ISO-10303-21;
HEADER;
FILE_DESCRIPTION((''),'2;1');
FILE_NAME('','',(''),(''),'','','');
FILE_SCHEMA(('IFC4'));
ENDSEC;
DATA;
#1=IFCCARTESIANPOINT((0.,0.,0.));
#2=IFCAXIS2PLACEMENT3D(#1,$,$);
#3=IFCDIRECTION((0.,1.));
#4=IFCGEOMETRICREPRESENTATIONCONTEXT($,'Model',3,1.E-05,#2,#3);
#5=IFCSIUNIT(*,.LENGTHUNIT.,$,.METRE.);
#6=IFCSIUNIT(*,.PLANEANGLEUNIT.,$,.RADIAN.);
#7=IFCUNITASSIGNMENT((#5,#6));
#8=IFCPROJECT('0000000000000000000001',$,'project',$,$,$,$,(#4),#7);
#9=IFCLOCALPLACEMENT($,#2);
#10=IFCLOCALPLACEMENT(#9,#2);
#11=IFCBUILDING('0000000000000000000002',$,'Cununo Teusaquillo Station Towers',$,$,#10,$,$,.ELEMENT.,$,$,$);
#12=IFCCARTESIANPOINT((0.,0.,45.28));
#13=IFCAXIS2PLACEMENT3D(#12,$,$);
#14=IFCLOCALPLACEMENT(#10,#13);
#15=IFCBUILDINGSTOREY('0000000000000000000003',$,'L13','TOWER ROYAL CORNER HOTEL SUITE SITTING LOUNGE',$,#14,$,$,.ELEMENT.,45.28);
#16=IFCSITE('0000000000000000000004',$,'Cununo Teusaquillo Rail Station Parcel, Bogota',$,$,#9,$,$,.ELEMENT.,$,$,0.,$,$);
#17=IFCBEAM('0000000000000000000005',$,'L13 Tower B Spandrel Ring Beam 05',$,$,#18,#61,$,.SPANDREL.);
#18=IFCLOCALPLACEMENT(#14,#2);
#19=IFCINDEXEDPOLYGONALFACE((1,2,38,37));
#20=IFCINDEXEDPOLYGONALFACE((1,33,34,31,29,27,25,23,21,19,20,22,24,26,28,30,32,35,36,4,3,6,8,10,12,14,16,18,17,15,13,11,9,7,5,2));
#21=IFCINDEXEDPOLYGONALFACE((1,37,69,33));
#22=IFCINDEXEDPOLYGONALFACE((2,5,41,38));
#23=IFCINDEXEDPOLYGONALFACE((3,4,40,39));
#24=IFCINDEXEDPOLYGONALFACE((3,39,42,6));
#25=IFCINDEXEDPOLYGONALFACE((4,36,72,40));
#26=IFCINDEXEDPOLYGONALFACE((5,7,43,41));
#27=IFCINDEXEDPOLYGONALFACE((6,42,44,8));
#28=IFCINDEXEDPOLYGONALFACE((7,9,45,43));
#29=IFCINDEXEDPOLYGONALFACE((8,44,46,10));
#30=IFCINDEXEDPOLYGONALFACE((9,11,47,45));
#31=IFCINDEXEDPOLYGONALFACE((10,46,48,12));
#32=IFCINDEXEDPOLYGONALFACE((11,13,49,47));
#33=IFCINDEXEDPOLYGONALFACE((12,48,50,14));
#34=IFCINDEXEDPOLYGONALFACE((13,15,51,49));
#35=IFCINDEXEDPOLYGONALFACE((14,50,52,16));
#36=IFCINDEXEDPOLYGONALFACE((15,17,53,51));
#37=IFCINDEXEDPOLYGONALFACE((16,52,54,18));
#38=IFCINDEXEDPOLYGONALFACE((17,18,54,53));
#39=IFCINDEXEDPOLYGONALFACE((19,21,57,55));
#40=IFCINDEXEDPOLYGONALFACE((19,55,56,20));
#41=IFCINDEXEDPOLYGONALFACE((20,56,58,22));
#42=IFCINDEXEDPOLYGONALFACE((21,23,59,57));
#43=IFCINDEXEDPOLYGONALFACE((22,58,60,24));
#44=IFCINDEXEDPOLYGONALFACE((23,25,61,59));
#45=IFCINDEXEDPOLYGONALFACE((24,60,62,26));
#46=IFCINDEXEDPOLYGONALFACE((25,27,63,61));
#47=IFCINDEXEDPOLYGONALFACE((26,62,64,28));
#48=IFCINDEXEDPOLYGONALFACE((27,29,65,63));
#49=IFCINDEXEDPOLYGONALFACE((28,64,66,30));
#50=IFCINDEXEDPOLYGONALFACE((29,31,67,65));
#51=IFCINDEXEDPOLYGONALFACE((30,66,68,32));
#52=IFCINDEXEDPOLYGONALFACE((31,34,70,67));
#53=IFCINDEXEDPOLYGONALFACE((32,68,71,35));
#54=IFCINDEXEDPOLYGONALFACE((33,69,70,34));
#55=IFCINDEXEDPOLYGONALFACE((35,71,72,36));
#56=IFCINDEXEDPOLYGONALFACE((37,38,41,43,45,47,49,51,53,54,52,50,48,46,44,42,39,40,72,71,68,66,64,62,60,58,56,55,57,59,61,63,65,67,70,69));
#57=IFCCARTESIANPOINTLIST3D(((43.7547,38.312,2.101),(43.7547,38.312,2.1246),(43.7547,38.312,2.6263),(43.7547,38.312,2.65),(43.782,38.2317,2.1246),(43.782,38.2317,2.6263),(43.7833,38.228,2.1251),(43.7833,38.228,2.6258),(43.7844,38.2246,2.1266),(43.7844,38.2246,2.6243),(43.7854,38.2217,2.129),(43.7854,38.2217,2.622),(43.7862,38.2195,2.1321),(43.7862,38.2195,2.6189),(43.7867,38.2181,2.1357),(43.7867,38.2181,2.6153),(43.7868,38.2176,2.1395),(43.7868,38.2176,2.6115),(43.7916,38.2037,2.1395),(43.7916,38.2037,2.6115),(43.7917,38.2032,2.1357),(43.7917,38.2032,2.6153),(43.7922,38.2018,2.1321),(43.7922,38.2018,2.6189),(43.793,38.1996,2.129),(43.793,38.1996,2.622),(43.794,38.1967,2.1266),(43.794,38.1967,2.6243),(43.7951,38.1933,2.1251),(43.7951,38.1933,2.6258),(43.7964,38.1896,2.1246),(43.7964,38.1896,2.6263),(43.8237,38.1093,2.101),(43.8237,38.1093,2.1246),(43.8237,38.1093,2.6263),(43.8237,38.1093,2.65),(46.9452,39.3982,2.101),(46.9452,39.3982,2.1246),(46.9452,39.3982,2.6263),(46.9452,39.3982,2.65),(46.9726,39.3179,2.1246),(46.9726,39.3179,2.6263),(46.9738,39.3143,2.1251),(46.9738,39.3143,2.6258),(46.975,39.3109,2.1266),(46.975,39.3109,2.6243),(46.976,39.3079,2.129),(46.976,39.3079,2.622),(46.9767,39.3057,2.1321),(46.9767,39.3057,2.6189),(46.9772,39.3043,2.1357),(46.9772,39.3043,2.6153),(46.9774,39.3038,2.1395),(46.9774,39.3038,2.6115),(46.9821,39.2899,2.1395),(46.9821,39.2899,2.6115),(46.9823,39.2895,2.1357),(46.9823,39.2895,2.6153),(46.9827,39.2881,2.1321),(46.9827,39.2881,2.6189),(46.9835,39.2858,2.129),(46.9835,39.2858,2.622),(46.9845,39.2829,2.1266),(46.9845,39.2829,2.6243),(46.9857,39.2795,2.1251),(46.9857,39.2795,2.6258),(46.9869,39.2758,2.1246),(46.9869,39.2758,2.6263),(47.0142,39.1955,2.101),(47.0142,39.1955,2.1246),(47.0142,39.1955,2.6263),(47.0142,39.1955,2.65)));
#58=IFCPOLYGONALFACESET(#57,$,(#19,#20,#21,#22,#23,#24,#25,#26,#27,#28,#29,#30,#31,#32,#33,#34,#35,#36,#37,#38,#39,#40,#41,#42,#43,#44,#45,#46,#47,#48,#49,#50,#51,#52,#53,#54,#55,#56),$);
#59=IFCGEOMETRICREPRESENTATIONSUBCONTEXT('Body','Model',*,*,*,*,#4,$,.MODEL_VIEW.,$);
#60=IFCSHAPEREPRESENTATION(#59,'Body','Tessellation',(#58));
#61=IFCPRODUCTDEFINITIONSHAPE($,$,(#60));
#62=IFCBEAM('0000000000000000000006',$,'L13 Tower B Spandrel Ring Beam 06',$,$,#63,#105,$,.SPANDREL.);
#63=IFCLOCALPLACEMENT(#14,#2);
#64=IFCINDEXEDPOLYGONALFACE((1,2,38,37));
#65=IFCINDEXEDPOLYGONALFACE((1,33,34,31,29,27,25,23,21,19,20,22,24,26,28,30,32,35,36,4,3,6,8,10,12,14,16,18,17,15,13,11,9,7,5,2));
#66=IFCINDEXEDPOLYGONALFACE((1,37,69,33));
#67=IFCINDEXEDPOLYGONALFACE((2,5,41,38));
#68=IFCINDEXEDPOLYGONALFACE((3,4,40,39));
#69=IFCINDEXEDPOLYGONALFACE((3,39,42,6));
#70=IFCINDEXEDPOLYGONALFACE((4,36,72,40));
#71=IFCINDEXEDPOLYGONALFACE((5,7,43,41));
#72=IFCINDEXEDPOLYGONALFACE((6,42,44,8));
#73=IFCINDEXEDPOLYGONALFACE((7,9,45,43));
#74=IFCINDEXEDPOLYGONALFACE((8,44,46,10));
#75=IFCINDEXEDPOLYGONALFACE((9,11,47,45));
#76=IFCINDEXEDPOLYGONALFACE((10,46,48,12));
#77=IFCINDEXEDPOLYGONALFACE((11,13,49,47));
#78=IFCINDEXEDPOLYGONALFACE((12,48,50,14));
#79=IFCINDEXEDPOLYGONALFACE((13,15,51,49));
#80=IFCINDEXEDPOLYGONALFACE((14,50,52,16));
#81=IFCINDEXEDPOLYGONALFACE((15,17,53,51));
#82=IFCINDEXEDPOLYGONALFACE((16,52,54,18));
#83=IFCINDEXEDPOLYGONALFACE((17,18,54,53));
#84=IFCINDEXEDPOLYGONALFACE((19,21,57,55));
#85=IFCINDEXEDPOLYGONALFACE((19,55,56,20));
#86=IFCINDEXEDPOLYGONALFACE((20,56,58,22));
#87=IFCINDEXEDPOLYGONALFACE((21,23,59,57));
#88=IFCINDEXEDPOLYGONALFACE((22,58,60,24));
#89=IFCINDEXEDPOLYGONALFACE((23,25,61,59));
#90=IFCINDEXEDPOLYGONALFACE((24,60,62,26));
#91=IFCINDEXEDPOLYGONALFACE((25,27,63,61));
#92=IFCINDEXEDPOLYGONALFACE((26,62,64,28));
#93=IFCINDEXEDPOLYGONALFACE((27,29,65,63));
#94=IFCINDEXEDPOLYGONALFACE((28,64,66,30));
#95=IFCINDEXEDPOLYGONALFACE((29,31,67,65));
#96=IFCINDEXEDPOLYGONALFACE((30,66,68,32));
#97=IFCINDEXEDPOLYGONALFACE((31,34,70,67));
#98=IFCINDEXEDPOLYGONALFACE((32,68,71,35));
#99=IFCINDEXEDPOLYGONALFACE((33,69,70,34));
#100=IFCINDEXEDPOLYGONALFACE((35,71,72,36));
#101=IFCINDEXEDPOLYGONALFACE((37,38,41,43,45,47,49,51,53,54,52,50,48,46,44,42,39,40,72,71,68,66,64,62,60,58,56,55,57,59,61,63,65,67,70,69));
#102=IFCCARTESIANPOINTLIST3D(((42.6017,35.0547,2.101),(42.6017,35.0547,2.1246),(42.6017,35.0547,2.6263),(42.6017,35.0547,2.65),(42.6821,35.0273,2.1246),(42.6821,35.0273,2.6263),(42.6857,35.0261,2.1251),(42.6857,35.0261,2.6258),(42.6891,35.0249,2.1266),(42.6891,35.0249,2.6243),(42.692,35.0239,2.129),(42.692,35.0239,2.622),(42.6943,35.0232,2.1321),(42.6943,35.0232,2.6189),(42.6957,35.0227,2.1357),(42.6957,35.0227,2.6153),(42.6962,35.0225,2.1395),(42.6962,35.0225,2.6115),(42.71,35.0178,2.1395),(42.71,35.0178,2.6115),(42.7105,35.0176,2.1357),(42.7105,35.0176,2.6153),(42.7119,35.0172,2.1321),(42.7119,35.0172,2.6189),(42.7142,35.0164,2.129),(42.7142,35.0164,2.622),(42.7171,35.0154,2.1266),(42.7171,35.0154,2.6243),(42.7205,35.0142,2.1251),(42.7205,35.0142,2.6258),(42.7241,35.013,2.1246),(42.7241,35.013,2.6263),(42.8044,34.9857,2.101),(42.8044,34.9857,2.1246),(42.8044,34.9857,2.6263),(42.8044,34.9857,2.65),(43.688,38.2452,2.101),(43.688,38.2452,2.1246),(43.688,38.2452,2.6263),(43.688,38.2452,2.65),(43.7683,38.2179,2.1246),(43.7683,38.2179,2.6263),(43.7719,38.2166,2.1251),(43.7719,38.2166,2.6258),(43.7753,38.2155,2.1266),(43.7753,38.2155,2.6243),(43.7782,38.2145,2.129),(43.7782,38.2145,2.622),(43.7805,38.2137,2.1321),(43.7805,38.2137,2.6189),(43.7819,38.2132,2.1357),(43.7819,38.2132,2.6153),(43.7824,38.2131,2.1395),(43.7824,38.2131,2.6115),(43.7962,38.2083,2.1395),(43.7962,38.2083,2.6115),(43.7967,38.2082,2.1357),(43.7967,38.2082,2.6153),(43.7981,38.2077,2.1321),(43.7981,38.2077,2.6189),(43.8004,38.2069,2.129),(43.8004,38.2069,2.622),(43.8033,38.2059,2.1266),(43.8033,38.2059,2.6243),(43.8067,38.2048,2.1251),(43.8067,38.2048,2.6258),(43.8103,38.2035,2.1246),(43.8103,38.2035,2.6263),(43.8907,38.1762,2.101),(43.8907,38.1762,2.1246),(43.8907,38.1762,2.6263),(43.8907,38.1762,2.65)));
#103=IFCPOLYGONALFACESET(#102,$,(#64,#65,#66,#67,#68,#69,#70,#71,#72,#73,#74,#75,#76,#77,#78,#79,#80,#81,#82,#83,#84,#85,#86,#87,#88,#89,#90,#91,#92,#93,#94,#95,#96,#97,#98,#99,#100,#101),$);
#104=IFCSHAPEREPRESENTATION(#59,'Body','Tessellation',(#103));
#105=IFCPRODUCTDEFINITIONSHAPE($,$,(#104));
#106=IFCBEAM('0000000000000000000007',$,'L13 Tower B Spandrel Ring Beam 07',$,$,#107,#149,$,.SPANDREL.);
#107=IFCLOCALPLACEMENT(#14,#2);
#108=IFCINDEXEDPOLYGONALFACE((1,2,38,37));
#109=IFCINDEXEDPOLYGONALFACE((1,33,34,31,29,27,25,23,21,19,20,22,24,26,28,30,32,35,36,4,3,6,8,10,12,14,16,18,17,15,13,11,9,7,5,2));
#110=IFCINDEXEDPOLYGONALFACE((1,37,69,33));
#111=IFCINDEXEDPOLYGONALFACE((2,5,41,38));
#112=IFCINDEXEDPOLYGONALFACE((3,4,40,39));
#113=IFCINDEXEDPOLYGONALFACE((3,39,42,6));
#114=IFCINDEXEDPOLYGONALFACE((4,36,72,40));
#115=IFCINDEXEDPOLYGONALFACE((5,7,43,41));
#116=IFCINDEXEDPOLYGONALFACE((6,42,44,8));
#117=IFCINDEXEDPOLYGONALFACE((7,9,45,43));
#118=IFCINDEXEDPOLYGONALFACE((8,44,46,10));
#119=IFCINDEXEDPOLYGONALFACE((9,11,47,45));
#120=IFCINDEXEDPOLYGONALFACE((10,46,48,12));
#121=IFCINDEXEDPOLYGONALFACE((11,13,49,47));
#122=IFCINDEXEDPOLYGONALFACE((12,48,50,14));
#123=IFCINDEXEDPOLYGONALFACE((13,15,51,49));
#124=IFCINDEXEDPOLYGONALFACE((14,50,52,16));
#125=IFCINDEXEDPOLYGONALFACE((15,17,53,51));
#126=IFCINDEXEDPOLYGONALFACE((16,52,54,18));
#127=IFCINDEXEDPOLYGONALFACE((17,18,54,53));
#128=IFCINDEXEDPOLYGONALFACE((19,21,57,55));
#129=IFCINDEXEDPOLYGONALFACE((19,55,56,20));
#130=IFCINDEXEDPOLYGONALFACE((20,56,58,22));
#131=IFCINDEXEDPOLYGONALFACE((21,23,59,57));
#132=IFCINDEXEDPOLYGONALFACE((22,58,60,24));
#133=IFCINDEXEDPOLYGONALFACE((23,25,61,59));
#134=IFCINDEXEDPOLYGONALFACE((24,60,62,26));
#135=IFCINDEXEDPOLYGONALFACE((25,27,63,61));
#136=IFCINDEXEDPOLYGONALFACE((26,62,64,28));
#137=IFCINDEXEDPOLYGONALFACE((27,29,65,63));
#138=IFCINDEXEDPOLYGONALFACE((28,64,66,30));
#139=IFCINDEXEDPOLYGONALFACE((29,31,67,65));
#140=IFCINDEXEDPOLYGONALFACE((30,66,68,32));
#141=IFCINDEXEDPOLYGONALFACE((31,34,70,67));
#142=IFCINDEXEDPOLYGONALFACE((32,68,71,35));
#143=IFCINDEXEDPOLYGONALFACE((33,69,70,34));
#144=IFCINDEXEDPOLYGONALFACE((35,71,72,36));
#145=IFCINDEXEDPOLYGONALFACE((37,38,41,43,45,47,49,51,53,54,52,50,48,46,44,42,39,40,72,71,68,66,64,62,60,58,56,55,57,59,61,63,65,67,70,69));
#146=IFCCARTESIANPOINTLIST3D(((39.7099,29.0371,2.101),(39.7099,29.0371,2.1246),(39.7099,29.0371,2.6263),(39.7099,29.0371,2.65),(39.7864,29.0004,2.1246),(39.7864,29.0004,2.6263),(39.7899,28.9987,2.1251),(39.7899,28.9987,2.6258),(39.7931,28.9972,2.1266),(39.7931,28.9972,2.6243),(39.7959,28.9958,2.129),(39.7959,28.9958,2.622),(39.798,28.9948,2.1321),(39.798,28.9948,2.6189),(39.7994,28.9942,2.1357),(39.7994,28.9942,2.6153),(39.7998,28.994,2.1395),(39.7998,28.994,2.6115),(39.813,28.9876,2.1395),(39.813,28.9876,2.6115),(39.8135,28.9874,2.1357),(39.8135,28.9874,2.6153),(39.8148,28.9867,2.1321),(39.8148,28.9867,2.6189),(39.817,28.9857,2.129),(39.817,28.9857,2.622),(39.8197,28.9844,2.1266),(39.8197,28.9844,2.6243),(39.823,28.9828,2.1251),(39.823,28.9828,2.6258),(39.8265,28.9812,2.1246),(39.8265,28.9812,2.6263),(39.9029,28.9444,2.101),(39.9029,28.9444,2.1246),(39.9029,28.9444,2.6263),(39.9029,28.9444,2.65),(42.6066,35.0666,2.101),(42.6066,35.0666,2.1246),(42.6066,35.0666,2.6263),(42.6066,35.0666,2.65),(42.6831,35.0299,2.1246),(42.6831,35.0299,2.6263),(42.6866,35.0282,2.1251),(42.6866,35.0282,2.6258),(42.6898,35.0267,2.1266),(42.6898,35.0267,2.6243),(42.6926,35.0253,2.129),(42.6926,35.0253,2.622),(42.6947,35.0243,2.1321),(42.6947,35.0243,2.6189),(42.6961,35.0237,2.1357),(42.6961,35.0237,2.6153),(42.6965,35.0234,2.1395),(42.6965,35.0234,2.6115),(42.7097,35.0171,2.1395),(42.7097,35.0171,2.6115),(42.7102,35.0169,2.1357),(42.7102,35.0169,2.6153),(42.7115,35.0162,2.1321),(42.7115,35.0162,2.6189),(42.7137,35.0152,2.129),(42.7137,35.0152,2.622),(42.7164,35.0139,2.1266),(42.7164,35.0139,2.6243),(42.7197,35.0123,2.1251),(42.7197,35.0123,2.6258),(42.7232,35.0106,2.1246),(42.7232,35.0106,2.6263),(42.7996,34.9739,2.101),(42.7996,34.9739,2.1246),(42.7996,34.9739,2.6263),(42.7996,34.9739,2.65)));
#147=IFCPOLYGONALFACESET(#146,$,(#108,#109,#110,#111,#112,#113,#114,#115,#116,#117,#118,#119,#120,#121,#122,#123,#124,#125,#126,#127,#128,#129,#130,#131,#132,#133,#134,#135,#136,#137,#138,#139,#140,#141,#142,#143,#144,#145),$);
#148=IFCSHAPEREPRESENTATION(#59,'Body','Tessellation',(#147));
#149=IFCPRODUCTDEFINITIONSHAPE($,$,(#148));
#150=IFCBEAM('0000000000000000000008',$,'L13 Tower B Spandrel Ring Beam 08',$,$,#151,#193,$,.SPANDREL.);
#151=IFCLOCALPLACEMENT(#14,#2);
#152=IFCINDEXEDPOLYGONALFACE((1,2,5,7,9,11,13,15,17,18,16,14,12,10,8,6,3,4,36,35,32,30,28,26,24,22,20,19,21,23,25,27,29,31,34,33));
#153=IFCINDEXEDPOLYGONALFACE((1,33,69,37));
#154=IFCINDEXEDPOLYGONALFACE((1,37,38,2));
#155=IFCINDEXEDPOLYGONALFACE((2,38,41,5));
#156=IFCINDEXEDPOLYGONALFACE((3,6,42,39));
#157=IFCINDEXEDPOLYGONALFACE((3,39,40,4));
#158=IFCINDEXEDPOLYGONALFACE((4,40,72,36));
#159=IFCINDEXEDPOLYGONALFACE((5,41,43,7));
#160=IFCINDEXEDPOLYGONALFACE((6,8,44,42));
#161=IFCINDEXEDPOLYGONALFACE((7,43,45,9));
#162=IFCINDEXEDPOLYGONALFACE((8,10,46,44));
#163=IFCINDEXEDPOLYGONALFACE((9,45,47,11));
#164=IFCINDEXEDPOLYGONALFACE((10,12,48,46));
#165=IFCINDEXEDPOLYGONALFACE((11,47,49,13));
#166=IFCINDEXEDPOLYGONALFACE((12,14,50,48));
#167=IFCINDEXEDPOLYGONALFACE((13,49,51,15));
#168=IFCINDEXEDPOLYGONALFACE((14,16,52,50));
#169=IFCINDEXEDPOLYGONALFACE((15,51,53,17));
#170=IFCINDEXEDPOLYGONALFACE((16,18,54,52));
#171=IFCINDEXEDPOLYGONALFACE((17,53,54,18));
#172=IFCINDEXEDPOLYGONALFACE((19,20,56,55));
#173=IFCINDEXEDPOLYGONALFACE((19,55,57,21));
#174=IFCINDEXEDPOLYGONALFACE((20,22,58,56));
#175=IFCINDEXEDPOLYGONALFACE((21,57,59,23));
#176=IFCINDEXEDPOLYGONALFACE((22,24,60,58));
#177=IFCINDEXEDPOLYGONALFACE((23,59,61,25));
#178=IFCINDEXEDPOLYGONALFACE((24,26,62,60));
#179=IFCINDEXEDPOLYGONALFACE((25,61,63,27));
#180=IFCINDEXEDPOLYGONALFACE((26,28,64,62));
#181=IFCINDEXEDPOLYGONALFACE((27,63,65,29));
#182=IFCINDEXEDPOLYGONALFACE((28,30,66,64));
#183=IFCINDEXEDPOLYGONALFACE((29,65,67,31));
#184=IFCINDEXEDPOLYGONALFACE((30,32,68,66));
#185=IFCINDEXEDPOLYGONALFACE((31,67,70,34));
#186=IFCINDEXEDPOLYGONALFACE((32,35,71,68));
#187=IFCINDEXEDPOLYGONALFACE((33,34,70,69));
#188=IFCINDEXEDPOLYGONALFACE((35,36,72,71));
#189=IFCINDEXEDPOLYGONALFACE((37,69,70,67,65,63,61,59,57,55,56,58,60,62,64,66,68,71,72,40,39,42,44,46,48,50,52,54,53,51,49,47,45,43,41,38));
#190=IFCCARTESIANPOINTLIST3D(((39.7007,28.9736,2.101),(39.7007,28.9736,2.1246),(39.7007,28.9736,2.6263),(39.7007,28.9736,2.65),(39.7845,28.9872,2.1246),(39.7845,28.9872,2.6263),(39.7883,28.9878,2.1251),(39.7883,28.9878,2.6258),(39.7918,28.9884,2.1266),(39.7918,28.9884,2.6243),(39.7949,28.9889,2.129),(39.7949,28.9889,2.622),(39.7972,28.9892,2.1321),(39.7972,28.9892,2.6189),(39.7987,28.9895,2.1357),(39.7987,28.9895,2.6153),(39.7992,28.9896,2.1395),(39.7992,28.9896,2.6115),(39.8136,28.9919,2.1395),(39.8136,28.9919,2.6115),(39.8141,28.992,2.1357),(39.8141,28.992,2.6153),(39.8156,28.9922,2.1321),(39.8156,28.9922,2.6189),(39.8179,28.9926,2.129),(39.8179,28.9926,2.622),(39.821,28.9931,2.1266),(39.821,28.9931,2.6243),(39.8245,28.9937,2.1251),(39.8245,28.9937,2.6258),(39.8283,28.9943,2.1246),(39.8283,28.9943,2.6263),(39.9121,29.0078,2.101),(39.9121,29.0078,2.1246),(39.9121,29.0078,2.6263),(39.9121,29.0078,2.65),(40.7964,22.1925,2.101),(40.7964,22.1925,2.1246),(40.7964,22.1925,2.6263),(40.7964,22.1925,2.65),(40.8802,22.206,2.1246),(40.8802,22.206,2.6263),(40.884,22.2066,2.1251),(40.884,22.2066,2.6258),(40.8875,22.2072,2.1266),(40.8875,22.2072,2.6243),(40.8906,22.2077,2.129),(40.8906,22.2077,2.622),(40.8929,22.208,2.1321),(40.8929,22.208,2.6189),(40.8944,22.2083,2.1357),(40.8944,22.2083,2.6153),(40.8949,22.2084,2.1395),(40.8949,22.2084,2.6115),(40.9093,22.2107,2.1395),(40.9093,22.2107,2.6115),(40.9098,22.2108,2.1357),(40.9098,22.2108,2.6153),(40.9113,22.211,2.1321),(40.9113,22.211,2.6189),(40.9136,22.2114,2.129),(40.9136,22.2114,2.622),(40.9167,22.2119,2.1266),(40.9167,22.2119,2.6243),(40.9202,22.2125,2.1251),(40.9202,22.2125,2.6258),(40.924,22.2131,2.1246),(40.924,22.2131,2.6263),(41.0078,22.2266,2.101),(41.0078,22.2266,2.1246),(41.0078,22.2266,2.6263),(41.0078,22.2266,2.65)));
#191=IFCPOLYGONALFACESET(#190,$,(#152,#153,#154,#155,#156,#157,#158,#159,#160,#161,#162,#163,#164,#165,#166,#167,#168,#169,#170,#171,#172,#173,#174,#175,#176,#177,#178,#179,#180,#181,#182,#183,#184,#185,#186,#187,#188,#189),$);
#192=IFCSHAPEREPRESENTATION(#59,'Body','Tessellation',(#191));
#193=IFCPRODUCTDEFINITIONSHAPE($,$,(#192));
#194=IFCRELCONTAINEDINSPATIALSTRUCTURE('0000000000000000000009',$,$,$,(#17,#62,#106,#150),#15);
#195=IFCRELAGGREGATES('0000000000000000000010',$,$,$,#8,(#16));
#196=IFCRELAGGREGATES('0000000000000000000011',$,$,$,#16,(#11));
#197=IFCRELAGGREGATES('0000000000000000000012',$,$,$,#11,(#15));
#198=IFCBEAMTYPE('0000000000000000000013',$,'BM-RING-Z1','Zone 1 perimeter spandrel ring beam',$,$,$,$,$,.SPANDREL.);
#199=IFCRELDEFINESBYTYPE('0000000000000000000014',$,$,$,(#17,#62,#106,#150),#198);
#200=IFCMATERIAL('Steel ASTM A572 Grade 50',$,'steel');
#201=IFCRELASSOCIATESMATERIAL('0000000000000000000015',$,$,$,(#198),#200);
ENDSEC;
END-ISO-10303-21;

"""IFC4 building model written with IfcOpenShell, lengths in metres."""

from ifc_helpers import new_model, si_unit, direction, frame, origin, origin_2d, place, context, subcontext, project, spatial, i_section, extrude, material, material_profile, profile_set, type_object, element, save


model = new_model("IFC4")

# Units and contexts
model_context = context("Model", 3, precision=1e-05, world=origin(), true_north=direction((0.0, 1.0)))
body_context = subcontext(model_context, "Body", "Model", "MODEL_VIEW")
ifc_project = project(units=[si_unit("LENGTHUNIT", "METRE"), si_unit("PLANEANGLEUNIT", "RADIAN")], contexts=[model_context])

# Site, building, storey
site_placement = place(None, origin())
site = spatial("IfcSite", under=ifc_project, at=site_placement, Name="Cununo Teusaquillo Rail Station Parcel, Bogota", CompositionType="ELEMENT", RefElevation=0.0)
building_placement = place(site_placement, origin())
building = spatial("IfcBuilding", under=site, at=building_placement, Name="Cununo Teusaquillo Station Towers", CompositionType="ELEMENT")
storey_placement = place(building_placement, frame((0.0, 0.0, 45.28)))
storey = spatial("IfcBuildingStorey", under=building, at=storey_placement, Name="L13", Description="TOWER ROYAL CORNER HOTEL SUITE SITTING LOUNGE", CompositionType="ELEMENT", Elevation=45.28)

# Beams
ifc_material_1 = material(Name="Steel ASTM A572 Grade 50", Category="steel")
ifc_material_profile_1 = material_profile(ifc_material_1, i_section(OverallWidth=0.2141, OverallDepth=0.5491, WebThickness=0.0146, FlangeThickness=0.0237, FilletRadius=0.0149, at=origin_2d()), Name="W21X93")
ifc_profile_set_1 = profile_set([ifc_material_profile_1], Name="Steel ASTM A572 Grade 50")
beam_type_1 = type_object("IfcBeamType", Name="BM-RING-Z1", Description="Zone 1 perimeter spandrel ring beam", PredefinedType="SPANDREL", material=ifc_profile_set_1)
for number, where, z_axis, x_axis, name in (
    (1, (46.9797, 39.2969, 2.3755), (-0.946643, -0.322285, 0.0), (0.322285, -0.946643, 0.0), "L13 Tower B Spandrel Ring Beam 05"),
    (2, (43.7893, 38.2107, 2.3755), (-0.322285, -0.946643, 0.0), (0.946643, -0.322285, 0.0), "L13 Tower B Spandrel Ring Beam 06"),
):
    element("IfcBeam", number, at=place(storey_placement, frame(where, z_axis=z_axis, x_axis=x_axis)), inside=storey, type_object=beam_type_1, Name=name, PredefinedType="SPANDREL", context=body_context, shape_type="SweptSolid", body=[
        extrude(i_section(OverallWidth=0.2141, OverallDepth=0.5491, WebThickness=0.0146, FlangeThickness=0.0237, FilletRadius=0.0149, at=origin_2d()), origin(), (0.0, 0.0, 1.0), 3.3704),
    ])
beam_1_placement = place(storey_placement, frame((42.7031, 35.0203, 2.3755), z_axis=(-0.433041, -0.901374, 0.0), x_axis=(0.901374, -0.433041, 0.0)))
element("IfcBeam", 3, at=beam_1_placement, inside=storey, type_object=beam_type_1, Name="L13 Tower B Spandrel Ring Beam 07", PredefinedType="SPANDREL", context=body_context, shape_type="SweptSolid", body=[
    extrude(i_section(OverallWidth=0.2141, OverallDepth=0.5491, WebThickness=0.0146, FlangeThickness=0.0237, FilletRadius=0.0149, at=origin_2d()), origin(), (0.0, 0.0, 1.0), 6.6892),
])
beam_2_placement = place(storey_placement, frame((39.8064, 28.9907, 2.3755), z_axis=(0.15951, -0.987196, 0.0), x_axis=(0.987196, 0.15951, 0.0)))
element("IfcBeam", 4, at=beam_2_placement, inside=storey, type_object=beam_type_1, Name="L13 Tower B Spandrel Ring Beam 08", PredefinedType="SPANDREL", context=body_context, shape_type="SweptSolid", body=[
    extrude(i_section(OverallWidth=0.2141, OverallDepth=0.5491, WebThickness=0.0146, FlangeThickness=0.0237, FilletRadius=0.0149, at=origin_2d()), origin(), (0.0, 0.0, 1.0), 6.8691),
])

save(model, "model.ifc")
